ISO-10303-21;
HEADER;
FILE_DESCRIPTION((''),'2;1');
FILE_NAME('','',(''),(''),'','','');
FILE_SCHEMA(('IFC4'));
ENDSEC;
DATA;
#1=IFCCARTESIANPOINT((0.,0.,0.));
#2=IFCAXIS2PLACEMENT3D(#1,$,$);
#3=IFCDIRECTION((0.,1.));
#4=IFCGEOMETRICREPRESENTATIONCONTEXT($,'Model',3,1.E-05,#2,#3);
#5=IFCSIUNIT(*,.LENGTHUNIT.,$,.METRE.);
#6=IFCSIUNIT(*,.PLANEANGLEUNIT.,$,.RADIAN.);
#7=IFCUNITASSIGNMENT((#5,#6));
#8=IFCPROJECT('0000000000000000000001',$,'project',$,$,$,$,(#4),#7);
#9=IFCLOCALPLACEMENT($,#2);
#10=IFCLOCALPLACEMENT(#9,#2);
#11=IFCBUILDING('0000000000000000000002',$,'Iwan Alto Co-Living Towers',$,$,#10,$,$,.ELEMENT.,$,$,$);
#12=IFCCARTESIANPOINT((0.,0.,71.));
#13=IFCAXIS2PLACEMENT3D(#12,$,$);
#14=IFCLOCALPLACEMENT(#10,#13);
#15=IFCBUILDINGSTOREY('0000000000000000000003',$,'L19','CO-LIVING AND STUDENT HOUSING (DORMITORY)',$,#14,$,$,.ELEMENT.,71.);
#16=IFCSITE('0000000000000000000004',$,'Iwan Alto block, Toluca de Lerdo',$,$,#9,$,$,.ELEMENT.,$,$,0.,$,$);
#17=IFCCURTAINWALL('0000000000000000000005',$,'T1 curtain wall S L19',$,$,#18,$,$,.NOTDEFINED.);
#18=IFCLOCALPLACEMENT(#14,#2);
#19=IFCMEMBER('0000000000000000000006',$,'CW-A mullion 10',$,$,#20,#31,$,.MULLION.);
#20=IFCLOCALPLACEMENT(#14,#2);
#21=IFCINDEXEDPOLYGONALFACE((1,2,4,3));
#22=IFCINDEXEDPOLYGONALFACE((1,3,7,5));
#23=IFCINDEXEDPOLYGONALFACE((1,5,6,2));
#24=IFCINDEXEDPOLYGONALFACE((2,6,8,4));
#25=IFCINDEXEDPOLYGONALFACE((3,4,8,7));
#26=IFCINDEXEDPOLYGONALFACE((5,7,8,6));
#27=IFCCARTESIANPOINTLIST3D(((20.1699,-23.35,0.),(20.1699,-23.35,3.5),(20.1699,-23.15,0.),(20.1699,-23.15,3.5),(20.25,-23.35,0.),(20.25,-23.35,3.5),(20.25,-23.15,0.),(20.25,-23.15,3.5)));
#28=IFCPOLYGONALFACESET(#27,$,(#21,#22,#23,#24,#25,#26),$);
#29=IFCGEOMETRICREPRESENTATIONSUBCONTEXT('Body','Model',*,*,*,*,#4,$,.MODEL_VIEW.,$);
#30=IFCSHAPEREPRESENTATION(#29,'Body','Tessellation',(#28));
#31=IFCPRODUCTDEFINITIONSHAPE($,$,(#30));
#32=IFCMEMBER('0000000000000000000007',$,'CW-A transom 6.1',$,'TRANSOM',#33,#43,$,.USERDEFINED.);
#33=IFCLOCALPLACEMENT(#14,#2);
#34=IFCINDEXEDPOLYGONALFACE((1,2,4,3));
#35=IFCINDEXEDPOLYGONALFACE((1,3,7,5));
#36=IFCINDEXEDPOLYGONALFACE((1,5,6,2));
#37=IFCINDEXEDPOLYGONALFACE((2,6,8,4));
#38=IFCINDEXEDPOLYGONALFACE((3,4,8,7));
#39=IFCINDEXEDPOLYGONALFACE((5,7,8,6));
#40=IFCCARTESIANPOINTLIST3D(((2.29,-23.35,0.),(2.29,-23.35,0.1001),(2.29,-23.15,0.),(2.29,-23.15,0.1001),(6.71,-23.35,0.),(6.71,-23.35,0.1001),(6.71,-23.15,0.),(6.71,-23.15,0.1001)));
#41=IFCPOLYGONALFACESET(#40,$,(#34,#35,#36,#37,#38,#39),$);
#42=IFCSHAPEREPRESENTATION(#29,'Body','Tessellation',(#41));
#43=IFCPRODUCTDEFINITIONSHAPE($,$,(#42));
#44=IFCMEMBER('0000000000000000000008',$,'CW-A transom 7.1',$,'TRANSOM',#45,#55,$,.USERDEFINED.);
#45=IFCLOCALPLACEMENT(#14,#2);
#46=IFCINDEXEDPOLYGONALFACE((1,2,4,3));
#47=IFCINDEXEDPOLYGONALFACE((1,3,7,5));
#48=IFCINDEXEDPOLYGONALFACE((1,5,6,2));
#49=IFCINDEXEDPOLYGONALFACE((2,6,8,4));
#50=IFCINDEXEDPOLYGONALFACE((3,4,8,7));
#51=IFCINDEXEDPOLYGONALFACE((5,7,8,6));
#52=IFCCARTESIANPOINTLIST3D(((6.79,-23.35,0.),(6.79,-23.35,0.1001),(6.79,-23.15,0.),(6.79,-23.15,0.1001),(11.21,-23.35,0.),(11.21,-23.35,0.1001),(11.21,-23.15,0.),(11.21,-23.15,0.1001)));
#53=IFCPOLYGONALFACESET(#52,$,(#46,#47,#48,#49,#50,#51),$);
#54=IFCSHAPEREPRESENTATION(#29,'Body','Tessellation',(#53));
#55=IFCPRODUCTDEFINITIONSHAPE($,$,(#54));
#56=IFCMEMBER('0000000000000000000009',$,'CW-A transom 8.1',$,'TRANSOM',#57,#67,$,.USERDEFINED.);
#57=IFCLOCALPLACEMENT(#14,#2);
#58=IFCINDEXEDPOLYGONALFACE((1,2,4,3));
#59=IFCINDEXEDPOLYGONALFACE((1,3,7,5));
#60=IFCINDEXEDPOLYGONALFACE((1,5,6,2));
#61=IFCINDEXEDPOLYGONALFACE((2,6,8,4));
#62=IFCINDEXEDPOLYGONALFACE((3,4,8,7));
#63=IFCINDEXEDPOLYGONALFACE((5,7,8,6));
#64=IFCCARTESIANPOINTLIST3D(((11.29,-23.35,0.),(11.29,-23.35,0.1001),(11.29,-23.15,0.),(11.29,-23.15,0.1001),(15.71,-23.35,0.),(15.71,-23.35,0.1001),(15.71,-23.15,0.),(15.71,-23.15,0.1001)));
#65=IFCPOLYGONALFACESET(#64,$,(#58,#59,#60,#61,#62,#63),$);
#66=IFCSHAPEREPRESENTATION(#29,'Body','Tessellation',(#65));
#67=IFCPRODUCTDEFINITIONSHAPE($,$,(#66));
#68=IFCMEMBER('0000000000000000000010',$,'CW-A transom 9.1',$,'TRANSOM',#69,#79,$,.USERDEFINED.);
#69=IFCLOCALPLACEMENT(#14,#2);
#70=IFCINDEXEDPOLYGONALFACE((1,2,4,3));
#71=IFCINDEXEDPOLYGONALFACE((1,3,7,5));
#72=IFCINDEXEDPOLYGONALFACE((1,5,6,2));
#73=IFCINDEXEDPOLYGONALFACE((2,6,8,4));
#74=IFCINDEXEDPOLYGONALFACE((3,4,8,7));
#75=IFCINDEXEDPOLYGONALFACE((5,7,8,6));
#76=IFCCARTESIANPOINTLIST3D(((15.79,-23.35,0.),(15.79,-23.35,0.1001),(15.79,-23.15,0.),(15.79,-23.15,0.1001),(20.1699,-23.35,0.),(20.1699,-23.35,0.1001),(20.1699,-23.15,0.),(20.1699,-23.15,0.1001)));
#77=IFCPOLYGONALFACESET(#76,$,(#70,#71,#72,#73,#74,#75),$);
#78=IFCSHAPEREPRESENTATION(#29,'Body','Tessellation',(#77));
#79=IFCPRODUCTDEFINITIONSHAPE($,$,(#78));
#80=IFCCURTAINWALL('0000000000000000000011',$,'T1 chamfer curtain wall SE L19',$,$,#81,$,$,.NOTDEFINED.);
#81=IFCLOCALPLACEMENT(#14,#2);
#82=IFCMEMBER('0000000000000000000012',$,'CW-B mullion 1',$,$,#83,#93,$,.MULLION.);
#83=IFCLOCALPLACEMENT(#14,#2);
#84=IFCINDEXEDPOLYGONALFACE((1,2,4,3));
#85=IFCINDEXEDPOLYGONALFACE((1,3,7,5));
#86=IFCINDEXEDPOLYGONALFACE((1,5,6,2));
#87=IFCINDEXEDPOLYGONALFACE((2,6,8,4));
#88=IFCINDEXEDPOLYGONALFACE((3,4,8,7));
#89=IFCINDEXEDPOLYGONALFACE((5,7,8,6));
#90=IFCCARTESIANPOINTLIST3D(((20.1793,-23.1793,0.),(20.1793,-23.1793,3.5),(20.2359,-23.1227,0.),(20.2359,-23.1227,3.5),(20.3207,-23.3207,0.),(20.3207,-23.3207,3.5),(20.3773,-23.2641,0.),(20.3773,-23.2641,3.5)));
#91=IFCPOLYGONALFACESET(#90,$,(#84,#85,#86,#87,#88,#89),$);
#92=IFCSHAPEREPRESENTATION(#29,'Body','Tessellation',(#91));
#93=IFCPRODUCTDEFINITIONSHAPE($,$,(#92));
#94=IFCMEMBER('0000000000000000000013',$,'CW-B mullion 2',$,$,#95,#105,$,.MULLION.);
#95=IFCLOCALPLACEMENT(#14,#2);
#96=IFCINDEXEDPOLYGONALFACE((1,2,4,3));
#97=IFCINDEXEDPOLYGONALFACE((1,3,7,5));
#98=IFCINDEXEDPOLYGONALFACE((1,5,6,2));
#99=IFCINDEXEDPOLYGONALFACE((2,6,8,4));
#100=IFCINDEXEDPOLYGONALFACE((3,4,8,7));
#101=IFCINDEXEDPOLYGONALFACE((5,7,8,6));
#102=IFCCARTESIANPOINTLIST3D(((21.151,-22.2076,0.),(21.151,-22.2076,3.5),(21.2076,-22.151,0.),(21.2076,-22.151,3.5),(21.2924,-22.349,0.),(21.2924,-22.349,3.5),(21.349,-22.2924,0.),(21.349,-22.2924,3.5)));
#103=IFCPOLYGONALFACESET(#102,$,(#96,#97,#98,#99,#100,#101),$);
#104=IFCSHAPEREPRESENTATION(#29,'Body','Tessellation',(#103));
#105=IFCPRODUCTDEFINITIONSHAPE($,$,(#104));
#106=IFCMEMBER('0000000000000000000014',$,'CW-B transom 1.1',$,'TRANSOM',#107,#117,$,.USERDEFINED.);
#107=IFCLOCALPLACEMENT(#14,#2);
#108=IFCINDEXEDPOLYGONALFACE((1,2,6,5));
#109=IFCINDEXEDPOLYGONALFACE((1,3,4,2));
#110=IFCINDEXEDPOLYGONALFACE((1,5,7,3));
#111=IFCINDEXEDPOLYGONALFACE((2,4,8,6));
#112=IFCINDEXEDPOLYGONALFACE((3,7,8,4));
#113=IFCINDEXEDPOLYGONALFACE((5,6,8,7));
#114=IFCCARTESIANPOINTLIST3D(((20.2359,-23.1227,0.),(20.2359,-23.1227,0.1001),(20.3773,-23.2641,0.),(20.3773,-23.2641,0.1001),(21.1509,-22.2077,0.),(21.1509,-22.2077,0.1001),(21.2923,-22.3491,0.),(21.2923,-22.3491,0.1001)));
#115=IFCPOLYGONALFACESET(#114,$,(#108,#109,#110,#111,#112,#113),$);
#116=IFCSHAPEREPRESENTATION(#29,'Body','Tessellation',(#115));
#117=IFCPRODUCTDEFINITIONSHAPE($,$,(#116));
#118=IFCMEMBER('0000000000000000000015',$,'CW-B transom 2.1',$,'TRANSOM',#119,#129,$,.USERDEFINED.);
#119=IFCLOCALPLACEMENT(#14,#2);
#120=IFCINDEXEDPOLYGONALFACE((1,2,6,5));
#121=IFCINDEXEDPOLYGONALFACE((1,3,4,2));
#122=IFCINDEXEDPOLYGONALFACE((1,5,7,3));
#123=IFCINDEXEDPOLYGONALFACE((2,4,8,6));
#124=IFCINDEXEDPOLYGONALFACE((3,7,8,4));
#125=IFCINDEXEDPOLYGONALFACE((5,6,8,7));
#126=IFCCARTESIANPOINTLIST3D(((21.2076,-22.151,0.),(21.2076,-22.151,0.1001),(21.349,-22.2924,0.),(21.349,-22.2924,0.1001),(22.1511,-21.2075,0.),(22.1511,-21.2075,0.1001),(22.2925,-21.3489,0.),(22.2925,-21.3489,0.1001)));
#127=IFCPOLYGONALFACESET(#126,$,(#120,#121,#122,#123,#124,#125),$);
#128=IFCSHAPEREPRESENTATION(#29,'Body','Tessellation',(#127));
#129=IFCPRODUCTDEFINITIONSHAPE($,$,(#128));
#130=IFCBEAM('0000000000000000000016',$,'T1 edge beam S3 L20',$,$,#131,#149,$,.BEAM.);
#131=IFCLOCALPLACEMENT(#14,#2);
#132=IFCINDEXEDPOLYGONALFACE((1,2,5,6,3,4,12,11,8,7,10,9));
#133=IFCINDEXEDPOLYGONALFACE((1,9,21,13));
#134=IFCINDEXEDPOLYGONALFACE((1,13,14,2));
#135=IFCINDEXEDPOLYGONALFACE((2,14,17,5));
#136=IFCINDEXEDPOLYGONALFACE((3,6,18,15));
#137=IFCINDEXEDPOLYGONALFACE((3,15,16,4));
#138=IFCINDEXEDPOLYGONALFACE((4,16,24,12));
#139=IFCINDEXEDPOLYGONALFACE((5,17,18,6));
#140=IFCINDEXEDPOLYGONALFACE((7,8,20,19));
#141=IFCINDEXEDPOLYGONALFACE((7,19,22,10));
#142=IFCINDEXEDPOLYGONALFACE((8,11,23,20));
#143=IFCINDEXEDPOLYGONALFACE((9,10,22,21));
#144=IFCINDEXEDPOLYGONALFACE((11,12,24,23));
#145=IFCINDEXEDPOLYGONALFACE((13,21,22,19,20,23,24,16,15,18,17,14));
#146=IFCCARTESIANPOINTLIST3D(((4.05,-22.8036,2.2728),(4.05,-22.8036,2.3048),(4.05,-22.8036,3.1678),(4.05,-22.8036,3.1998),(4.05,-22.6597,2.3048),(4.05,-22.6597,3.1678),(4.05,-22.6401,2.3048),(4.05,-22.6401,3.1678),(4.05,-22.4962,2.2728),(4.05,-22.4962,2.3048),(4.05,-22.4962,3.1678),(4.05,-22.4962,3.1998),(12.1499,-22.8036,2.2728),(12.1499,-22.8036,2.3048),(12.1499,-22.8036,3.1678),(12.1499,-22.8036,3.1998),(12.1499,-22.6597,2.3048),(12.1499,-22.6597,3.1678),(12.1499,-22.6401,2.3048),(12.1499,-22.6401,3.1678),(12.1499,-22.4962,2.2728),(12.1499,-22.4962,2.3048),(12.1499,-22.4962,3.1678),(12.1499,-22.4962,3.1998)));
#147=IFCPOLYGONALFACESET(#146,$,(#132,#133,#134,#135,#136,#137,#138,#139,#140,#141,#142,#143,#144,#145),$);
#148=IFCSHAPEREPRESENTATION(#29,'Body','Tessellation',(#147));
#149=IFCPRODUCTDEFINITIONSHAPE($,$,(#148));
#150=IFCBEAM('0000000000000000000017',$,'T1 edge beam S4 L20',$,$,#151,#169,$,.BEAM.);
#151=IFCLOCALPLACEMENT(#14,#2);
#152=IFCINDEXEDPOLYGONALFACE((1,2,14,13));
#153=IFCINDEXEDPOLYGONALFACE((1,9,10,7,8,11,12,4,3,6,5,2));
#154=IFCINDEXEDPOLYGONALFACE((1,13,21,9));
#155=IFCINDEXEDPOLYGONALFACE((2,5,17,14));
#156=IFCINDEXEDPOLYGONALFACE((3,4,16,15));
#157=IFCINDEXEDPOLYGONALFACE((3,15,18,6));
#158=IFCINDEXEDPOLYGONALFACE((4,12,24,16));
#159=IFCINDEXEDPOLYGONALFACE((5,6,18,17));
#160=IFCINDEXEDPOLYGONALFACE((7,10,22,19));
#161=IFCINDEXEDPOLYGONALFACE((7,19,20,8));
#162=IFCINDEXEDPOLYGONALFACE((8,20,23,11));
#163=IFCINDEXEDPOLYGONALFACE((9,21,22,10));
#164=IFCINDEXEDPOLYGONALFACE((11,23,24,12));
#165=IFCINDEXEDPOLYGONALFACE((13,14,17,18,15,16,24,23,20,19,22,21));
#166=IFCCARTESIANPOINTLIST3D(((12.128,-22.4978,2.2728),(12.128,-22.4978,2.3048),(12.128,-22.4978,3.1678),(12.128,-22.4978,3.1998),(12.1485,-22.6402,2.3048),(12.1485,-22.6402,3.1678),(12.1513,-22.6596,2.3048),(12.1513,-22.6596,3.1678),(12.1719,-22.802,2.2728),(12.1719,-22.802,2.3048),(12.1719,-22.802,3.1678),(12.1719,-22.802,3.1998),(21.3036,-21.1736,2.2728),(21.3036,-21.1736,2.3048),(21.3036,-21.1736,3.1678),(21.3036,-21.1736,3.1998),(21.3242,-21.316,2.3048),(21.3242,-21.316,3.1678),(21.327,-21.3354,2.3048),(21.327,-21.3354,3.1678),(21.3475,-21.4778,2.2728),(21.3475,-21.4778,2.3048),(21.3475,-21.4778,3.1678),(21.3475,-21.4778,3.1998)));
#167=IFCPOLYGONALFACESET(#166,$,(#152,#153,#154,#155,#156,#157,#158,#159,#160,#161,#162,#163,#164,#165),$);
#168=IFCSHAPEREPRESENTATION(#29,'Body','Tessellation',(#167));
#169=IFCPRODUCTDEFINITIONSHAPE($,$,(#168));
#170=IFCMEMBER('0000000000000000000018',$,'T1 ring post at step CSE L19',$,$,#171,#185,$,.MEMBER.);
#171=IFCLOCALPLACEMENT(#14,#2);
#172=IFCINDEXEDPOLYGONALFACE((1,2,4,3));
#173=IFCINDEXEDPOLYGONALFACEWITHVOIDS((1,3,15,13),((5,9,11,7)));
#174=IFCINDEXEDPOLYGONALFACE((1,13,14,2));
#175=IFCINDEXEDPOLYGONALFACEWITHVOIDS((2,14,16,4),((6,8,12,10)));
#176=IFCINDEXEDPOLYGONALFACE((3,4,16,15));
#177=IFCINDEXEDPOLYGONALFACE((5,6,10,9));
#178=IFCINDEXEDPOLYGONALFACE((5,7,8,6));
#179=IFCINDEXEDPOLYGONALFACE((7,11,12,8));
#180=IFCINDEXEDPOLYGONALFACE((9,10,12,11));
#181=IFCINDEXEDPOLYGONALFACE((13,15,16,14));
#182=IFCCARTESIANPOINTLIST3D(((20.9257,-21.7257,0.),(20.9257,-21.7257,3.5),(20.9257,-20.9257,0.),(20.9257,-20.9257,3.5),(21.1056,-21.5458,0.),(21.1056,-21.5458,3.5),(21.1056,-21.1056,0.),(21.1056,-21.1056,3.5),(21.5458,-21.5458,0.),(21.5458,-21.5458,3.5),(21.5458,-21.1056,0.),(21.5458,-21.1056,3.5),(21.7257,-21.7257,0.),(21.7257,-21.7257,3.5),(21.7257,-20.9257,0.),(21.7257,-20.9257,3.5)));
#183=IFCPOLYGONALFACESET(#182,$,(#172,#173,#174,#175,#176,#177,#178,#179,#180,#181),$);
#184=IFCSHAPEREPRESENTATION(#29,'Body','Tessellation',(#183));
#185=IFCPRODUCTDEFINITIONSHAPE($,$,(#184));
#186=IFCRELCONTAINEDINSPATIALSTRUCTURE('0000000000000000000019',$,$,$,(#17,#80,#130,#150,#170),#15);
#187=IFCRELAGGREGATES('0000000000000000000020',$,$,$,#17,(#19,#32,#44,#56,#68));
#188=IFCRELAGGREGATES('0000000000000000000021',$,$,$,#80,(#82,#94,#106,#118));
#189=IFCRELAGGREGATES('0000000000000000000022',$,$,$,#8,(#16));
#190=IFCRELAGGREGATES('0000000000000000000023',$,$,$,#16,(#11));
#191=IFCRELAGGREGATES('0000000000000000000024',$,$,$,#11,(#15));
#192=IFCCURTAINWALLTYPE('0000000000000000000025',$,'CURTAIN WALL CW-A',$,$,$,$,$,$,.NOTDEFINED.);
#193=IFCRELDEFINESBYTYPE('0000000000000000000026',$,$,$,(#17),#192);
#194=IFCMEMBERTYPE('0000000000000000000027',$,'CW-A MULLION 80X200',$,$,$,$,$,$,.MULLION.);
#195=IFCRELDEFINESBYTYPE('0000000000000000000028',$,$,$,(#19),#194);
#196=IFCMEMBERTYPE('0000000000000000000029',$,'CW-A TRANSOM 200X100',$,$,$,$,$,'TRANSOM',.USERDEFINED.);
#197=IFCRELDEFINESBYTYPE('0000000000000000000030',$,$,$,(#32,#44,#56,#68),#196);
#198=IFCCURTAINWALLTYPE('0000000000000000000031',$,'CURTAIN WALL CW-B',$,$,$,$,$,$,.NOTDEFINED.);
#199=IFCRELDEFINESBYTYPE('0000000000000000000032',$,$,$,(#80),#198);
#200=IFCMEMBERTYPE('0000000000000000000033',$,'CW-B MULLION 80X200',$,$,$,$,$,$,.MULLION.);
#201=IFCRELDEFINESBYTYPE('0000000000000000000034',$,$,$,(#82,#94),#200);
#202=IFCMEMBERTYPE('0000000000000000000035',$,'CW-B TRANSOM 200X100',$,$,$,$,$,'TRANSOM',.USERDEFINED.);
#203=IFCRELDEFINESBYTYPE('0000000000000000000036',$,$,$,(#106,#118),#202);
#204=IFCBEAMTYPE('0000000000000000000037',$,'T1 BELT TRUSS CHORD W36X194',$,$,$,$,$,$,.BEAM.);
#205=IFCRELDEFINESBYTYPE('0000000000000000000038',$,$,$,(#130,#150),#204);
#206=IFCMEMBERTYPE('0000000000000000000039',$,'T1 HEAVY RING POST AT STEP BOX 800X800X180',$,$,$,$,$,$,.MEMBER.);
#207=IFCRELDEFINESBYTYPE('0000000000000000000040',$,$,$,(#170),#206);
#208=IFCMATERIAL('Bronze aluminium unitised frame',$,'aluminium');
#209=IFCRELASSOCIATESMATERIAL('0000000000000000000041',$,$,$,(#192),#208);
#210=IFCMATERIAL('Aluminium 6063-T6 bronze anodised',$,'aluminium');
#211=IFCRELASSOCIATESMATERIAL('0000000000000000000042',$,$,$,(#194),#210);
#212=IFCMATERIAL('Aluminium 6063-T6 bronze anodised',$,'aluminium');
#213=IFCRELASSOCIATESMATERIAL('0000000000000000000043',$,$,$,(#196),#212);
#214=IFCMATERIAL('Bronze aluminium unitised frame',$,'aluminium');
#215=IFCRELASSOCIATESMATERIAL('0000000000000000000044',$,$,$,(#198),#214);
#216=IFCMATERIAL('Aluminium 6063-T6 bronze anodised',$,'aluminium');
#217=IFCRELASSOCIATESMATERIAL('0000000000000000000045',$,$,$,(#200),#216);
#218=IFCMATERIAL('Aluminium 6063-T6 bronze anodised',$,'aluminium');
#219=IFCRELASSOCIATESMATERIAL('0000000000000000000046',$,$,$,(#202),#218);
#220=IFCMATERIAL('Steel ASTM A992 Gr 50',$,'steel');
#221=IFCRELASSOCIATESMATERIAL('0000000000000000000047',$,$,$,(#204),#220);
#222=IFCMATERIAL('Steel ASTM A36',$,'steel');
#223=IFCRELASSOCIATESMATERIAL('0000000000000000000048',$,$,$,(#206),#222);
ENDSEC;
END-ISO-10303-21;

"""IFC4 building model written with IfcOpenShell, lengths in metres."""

from ifc_helpers import new_model, si_unit, direction, frame, origin, origin_2d, place, context, subcontext, project, spatial, rectangle, hollow_rectangle, i_section, extrude, material, material_profile, profile_set, type_object, element, aggregate, save


model = new_model("IFC4")

# Units and contexts
model_context = context("Model", 3, precision=1e-05, world=origin(), true_north=direction((0.0, 1.0)))
body_context = subcontext(model_context, "Body", "Model", "MODEL_VIEW")
ifc_project = project(units=[si_unit("LENGTHUNIT", "METRE"), si_unit("PLANEANGLEUNIT", "RADIAN")], contexts=[model_context])

# Site, building, storey
site_placement = place(None, origin())
site = spatial("IfcSite", under=ifc_project, at=site_placement, Name="Iwan Alto block, Toluca de Lerdo", CompositionType="ELEMENT", RefElevation=0.0)
building_placement = place(site_placement, origin())
building = spatial("IfcBuilding", under=site, at=building_placement, Name="Iwan Alto Co-Living Towers", CompositionType="ELEMENT")
storey_placement = place(building_placement, frame((0.0, 0.0, 71.0)))
storey = spatial("IfcBuildingStorey", under=building, at=storey_placement, Name="L19", Description="CO-LIVING AND STUDENT HOUSING (DORMITORY)", CompositionType="ELEMENT", Elevation=71.0)

# Curtain walls, members
ifc_material_1 = material(Name="Bronze aluminium unitised frame", Category="aluminium")
curtain_wall_type_1 = type_object("IfcCurtainWallType", Name="CURTAIN WALL CW-A", PredefinedType="NOTDEFINED", material=ifc_material_1)
curtain_wall_1_placement = place(storey_placement, origin())
curtain_wall_1 = element("IfcCurtainWall", 1, at=curtain_wall_1_placement, inside=storey, type_object=curtain_wall_type_1, Name="T1 curtain wall S L19", PredefinedType="NOTDEFINED")
ifc_material_2 = material(Name="Aluminium 6063-T6 bronze anodised", Category="aluminium")
ifc_material_profile_1 = material_profile(ifc_material_2, rectangle(XDim=0.2, YDim=0.0801, at=origin_2d()), Name="AL 80X200")
ifc_profile_set_1 = profile_set([ifc_material_profile_1], Name="Aluminium 6063-T6 bronze anodised")
member_type_1 = type_object("IfcMemberType", Name="CW-A MULLION 80X200", PredefinedType="MULLION", material=ifc_profile_set_1)
member_1_placement = place(storey_placement, frame((20.21, -23.25, 0.0), z_axis=(0.0, 0.0, 1.0), x_axis=(0.0, 1.0, 0.0)))
member_1 = element("IfcMember", 2, at=member_1_placement, type_object=member_type_1, Name="CW-A mullion 10", PredefinedType="MULLION", context=body_context, shape_type="SweptSolid", body=[
    extrude(rectangle(XDim=0.2, YDim=0.0801, at=origin_2d()), origin(), (0.0, 0.0, 1.0), 3.5),
])
ifc_material_3 = material(Name="Aluminium 6063-T6 bronze anodised", Category="aluminium")
ifc_material_profile_2 = material_profile(ifc_material_3, rectangle(XDim=0.2, YDim=0.1001, at=origin_2d()), Name="AL 200X100")
ifc_profile_set_2 = profile_set([ifc_material_profile_2], Name="Aluminium 6063-T6 bronze anodised")
member_type_2 = type_object("IfcMemberType", Name="CW-A TRANSOM 200X100", ElementType="TRANSOM", PredefinedType="USERDEFINED", material=ifc_profile_set_2)
member_2_placement = place(storey_placement, frame((2.29, -23.25, 0.05), z_axis=(1.0, 0.0, 0.0), x_axis=(0.0, 1.0, 0.0)))
member_2 = element("IfcMember", 3, at=member_2_placement, type_object=member_type_2, Name="CW-A transom 6.1", ObjectType="TRANSOM", PredefinedType="USERDEFINED", context=body_context, shape_type="SweptSolid", body=[
    extrude(rectangle(XDim=0.2, YDim=0.1001, at=origin_2d()), origin(), (0.0, 0.0, 1.0), 4.4199),
])
member_3_placement = place(storey_placement, frame((6.79, -23.25, 0.05), z_axis=(1.0, 0.0, 0.0), x_axis=(0.0, 1.0, 0.0)))
member_3 = element("IfcMember", 4, at=member_3_placement, type_object=member_type_2, Name="CW-A transom 7.1", ObjectType="TRANSOM", PredefinedType="USERDEFINED", context=body_context, shape_type="SweptSolid", body=[
    extrude(rectangle(XDim=0.2, YDim=0.1001, at=origin_2d()), origin(), (0.0, 0.0, 1.0), 4.4199),
])
member_4_placement = place(storey_placement, frame((11.29, -23.25, 0.05), z_axis=(1.0, 0.0, 0.0), x_axis=(0.0, 1.0, 0.0)))
member_4 = element("IfcMember", 5, at=member_4_placement, type_object=member_type_2, Name="CW-A transom 8.1", ObjectType="TRANSOM", PredefinedType="USERDEFINED", context=body_context, shape_type="SweptSolid", body=[
    extrude(rectangle(XDim=0.2, YDim=0.1001, at=origin_2d()), origin(), (0.0, 0.0, 1.0), 4.4199),
])
member_5_placement = place(storey_placement, frame((15.79, -23.25, 0.05), z_axis=(1.0, 0.0, 0.0), x_axis=(0.0, 1.0, 0.0)))
member_5 = element("IfcMember", 6, at=member_5_placement, type_object=member_type_2, Name="CW-A transom 9.1", ObjectType="TRANSOM", PredefinedType="USERDEFINED", context=body_context, shape_type="SweptSolid", body=[
    extrude(rectangle(XDim=0.2, YDim=0.1001, at=origin_2d()), origin(), (0.0, 0.0, 1.0), 4.3799),
])
ifc_material_4 = material(Name="Bronze aluminium unitised frame", Category="aluminium")
curtain_wall_type_2 = type_object("IfcCurtainWallType", Name="CURTAIN WALL CW-B", PredefinedType="NOTDEFINED", material=ifc_material_4)
curtain_wall_2_placement = place(storey_placement, origin())
curtain_wall_2 = element("IfcCurtainWall", 7, at=curtain_wall_2_placement, inside=storey, type_object=curtain_wall_type_2, Name="T1 chamfer curtain wall SE L19", PredefinedType="NOTDEFINED")
ifc_material_5 = material(Name="Aluminium 6063-T6 bronze anodised", Category="aluminium")
ifc_material_profile_3 = material_profile(ifc_material_5, rectangle(XDim=0.2, YDim=0.0801, at=origin_2d()), Name="AL 80X200")
ifc_profile_set_3 = profile_set([ifc_material_profile_3], Name="Aluminium 6063-T6 bronze anodised")
member_type_3 = type_object("IfcMemberType", Name="CW-B MULLION 80X200", PredefinedType="MULLION", material=ifc_profile_set_3)
member_6_placement = place(storey_placement, frame((20.2783, -23.2217, 0.0), z_axis=(0.0, 0.0, 1.0), x_axis=(-0.707107, 0.707107, 0.0)))
member_6 = element("IfcMember", 8, at=member_6_placement, type_object=member_type_3, Name="CW-B mullion 1", PredefinedType="MULLION", context=body_context, shape_type="SweptSolid", body=[
    extrude(rectangle(XDim=0.2, YDim=0.0801, at=origin_2d()), origin(), (0.0, 0.0, 1.0), 3.5),
])
member_7_placement = place(storey_placement, frame((21.25, -22.25, 0.0), z_axis=(0.0, 0.0, 1.0), x_axis=(-0.707107, 0.707107, 0.0)))
member_7 = element("IfcMember", 9, at=member_7_placement, type_object=member_type_3, Name="CW-B mullion 2", PredefinedType="MULLION", context=body_context, shape_type="SweptSolid", body=[
    extrude(rectangle(XDim=0.2, YDim=0.0801, at=origin_2d()), origin(), (0.0, 0.0, 1.0), 3.5),
])
ifc_material_6 = material(Name="Aluminium 6063-T6 bronze anodised", Category="aluminium")
ifc_material_profile_4 = material_profile(ifc_material_6, rectangle(XDim=0.2, YDim=0.1001, at=origin_2d()), Name="AL 200X100")
ifc_profile_set_4 = profile_set([ifc_material_profile_4], Name="Aluminium 6063-T6 bronze anodised")
member_type_4 = type_object("IfcMemberType", Name="CW-B TRANSOM 200X100", ElementType="TRANSOM", PredefinedType="USERDEFINED", material=ifc_profile_set_4)
member_8_placement = place(storey_placement, frame((20.3066, -23.1934, 0.05), z_axis=(0.707107, 0.707107, 0.0), x_axis=(-0.707107, 0.707107, 0.0)))
member_8 = element("IfcMember", 10, at=member_8_placement, type_object=member_type_4, Name="CW-B transom 1.1", ObjectType="TRANSOM", PredefinedType="USERDEFINED", context=body_context, shape_type="SweptSolid", body=[
    extrude(rectangle(XDim=0.2, YDim=0.1001, at=origin_2d()), origin(), (0.0, 0.0, 1.0), 1.2939),
])
member_9_placement = place(storey_placement, frame((21.2783, -22.2217, 0.05), z_axis=(0.707107, 0.707107, 0.0), x_axis=(-0.707107, 0.707107, 0.0)))
member_9 = element("IfcMember", 11, at=member_9_placement, type_object=member_type_4, Name="CW-B transom 2.1", ObjectType="TRANSOM", PredefinedType="USERDEFINED", context=body_context, shape_type="SweptSolid", body=[
    extrude(rectangle(XDim=0.2, YDim=0.1001, at=origin_2d()), origin(), (0.0, 0.0, 1.0), 1.3342),
])

# Beams
ifc_material_7 = material(Name="Steel ASTM A992 Gr 50", Category="steel")
ifc_material_profile_5 = material_profile(ifc_material_7, i_section(OverallWidth=0.3074, OverallDepth=0.927, WebThickness=0.0195, FlangeThickness=0.032, at=origin_2d()), Name="W36X194")
ifc_profile_set_5 = profile_set([ifc_material_profile_5], Name="Steel ASTM A992 Gr 50")
beam_type_1 = type_object("IfcBeamType", Name="T1 BELT TRUSS CHORD W36X194", PredefinedType="BEAM", material=ifc_profile_set_5)
beam_1_placement = place(storey_placement, frame((4.05, -22.6499, 2.7363), z_axis=(1.0, 0.0, 0.0), x_axis=(0.0, 1.0, 0.0)))
element("IfcBeam", 12, at=beam_1_placement, inside=storey, type_object=beam_type_1, Name="T1 edge beam S3 L20", PredefinedType="BEAM", context=body_context, shape_type="SweptSolid", body=[
    extrude(i_section(OverallWidth=0.3074, OverallDepth=0.927, WebThickness=0.0195, FlangeThickness=0.032, at=origin_2d()), origin(), (0.0, 0.0, 1.0), 8.0999),
])
beam_2_placement = place(storey_placement, frame((12.1499, -22.6499, 2.7363), z_axis=(0.989746, 0.142837, 0.0), x_axis=(-0.142837, 0.989746, 0.0)))
element("IfcBeam", 13, at=beam_2_placement, inside=storey, type_object=beam_type_1, Name="T1 edge beam S4 L20", PredefinedType="BEAM", context=body_context, shape_type="SweptSolid", body=[
    extrude(i_section(OverallWidth=0.3074, OverallDepth=0.927, WebThickness=0.0195, FlangeThickness=0.032, at=origin_2d()), origin(), (0.0, 0.0, 1.0), 9.2708),
])

# Member
ifc_material_8 = material(Name="Steel ASTM A36", Category="steel")
ifc_material_profile_6 = material_profile(ifc_material_8, hollow_rectangle(XDim=0.8, YDim=0.8, WallThickness=0.1799, at=origin_2d()), Name="BOX 800X800X180")
ifc_profile_set_6 = profile_set([ifc_material_profile_6], Name="Steel ASTM A36")
member_type_5 = type_object("IfcMemberType", Name="T1 HEAVY RING POST AT STEP BOX 800X800X180", PredefinedType="MEMBER", material=ifc_profile_set_6)
member_10_placement = place(storey_placement, frame((21.3257, -21.3257, 0.0), z_axis=(0.0, 0.0, 1.0), x_axis=(1.0, 0.0, 0.0)))
element("IfcMember", 14, at=member_10_placement, inside=storey, type_object=member_type_5, Name="T1 ring post at step CSE L19", PredefinedType="MEMBER", context=body_context, shape_type="SweptSolid", body=[
    extrude(hollow_rectangle(XDim=0.8, YDim=0.8, WallThickness=0.1799, at=origin_2d()), origin(), (0.0, 0.0, 1.0), 3.5),
])

aggregate(curtain_wall_1, [member_1, member_2, member_3, member_4, member_5])
aggregate(curtain_wall_2, [member_6, member_7, member_8, member_9])

save(model, "model.ifc")
